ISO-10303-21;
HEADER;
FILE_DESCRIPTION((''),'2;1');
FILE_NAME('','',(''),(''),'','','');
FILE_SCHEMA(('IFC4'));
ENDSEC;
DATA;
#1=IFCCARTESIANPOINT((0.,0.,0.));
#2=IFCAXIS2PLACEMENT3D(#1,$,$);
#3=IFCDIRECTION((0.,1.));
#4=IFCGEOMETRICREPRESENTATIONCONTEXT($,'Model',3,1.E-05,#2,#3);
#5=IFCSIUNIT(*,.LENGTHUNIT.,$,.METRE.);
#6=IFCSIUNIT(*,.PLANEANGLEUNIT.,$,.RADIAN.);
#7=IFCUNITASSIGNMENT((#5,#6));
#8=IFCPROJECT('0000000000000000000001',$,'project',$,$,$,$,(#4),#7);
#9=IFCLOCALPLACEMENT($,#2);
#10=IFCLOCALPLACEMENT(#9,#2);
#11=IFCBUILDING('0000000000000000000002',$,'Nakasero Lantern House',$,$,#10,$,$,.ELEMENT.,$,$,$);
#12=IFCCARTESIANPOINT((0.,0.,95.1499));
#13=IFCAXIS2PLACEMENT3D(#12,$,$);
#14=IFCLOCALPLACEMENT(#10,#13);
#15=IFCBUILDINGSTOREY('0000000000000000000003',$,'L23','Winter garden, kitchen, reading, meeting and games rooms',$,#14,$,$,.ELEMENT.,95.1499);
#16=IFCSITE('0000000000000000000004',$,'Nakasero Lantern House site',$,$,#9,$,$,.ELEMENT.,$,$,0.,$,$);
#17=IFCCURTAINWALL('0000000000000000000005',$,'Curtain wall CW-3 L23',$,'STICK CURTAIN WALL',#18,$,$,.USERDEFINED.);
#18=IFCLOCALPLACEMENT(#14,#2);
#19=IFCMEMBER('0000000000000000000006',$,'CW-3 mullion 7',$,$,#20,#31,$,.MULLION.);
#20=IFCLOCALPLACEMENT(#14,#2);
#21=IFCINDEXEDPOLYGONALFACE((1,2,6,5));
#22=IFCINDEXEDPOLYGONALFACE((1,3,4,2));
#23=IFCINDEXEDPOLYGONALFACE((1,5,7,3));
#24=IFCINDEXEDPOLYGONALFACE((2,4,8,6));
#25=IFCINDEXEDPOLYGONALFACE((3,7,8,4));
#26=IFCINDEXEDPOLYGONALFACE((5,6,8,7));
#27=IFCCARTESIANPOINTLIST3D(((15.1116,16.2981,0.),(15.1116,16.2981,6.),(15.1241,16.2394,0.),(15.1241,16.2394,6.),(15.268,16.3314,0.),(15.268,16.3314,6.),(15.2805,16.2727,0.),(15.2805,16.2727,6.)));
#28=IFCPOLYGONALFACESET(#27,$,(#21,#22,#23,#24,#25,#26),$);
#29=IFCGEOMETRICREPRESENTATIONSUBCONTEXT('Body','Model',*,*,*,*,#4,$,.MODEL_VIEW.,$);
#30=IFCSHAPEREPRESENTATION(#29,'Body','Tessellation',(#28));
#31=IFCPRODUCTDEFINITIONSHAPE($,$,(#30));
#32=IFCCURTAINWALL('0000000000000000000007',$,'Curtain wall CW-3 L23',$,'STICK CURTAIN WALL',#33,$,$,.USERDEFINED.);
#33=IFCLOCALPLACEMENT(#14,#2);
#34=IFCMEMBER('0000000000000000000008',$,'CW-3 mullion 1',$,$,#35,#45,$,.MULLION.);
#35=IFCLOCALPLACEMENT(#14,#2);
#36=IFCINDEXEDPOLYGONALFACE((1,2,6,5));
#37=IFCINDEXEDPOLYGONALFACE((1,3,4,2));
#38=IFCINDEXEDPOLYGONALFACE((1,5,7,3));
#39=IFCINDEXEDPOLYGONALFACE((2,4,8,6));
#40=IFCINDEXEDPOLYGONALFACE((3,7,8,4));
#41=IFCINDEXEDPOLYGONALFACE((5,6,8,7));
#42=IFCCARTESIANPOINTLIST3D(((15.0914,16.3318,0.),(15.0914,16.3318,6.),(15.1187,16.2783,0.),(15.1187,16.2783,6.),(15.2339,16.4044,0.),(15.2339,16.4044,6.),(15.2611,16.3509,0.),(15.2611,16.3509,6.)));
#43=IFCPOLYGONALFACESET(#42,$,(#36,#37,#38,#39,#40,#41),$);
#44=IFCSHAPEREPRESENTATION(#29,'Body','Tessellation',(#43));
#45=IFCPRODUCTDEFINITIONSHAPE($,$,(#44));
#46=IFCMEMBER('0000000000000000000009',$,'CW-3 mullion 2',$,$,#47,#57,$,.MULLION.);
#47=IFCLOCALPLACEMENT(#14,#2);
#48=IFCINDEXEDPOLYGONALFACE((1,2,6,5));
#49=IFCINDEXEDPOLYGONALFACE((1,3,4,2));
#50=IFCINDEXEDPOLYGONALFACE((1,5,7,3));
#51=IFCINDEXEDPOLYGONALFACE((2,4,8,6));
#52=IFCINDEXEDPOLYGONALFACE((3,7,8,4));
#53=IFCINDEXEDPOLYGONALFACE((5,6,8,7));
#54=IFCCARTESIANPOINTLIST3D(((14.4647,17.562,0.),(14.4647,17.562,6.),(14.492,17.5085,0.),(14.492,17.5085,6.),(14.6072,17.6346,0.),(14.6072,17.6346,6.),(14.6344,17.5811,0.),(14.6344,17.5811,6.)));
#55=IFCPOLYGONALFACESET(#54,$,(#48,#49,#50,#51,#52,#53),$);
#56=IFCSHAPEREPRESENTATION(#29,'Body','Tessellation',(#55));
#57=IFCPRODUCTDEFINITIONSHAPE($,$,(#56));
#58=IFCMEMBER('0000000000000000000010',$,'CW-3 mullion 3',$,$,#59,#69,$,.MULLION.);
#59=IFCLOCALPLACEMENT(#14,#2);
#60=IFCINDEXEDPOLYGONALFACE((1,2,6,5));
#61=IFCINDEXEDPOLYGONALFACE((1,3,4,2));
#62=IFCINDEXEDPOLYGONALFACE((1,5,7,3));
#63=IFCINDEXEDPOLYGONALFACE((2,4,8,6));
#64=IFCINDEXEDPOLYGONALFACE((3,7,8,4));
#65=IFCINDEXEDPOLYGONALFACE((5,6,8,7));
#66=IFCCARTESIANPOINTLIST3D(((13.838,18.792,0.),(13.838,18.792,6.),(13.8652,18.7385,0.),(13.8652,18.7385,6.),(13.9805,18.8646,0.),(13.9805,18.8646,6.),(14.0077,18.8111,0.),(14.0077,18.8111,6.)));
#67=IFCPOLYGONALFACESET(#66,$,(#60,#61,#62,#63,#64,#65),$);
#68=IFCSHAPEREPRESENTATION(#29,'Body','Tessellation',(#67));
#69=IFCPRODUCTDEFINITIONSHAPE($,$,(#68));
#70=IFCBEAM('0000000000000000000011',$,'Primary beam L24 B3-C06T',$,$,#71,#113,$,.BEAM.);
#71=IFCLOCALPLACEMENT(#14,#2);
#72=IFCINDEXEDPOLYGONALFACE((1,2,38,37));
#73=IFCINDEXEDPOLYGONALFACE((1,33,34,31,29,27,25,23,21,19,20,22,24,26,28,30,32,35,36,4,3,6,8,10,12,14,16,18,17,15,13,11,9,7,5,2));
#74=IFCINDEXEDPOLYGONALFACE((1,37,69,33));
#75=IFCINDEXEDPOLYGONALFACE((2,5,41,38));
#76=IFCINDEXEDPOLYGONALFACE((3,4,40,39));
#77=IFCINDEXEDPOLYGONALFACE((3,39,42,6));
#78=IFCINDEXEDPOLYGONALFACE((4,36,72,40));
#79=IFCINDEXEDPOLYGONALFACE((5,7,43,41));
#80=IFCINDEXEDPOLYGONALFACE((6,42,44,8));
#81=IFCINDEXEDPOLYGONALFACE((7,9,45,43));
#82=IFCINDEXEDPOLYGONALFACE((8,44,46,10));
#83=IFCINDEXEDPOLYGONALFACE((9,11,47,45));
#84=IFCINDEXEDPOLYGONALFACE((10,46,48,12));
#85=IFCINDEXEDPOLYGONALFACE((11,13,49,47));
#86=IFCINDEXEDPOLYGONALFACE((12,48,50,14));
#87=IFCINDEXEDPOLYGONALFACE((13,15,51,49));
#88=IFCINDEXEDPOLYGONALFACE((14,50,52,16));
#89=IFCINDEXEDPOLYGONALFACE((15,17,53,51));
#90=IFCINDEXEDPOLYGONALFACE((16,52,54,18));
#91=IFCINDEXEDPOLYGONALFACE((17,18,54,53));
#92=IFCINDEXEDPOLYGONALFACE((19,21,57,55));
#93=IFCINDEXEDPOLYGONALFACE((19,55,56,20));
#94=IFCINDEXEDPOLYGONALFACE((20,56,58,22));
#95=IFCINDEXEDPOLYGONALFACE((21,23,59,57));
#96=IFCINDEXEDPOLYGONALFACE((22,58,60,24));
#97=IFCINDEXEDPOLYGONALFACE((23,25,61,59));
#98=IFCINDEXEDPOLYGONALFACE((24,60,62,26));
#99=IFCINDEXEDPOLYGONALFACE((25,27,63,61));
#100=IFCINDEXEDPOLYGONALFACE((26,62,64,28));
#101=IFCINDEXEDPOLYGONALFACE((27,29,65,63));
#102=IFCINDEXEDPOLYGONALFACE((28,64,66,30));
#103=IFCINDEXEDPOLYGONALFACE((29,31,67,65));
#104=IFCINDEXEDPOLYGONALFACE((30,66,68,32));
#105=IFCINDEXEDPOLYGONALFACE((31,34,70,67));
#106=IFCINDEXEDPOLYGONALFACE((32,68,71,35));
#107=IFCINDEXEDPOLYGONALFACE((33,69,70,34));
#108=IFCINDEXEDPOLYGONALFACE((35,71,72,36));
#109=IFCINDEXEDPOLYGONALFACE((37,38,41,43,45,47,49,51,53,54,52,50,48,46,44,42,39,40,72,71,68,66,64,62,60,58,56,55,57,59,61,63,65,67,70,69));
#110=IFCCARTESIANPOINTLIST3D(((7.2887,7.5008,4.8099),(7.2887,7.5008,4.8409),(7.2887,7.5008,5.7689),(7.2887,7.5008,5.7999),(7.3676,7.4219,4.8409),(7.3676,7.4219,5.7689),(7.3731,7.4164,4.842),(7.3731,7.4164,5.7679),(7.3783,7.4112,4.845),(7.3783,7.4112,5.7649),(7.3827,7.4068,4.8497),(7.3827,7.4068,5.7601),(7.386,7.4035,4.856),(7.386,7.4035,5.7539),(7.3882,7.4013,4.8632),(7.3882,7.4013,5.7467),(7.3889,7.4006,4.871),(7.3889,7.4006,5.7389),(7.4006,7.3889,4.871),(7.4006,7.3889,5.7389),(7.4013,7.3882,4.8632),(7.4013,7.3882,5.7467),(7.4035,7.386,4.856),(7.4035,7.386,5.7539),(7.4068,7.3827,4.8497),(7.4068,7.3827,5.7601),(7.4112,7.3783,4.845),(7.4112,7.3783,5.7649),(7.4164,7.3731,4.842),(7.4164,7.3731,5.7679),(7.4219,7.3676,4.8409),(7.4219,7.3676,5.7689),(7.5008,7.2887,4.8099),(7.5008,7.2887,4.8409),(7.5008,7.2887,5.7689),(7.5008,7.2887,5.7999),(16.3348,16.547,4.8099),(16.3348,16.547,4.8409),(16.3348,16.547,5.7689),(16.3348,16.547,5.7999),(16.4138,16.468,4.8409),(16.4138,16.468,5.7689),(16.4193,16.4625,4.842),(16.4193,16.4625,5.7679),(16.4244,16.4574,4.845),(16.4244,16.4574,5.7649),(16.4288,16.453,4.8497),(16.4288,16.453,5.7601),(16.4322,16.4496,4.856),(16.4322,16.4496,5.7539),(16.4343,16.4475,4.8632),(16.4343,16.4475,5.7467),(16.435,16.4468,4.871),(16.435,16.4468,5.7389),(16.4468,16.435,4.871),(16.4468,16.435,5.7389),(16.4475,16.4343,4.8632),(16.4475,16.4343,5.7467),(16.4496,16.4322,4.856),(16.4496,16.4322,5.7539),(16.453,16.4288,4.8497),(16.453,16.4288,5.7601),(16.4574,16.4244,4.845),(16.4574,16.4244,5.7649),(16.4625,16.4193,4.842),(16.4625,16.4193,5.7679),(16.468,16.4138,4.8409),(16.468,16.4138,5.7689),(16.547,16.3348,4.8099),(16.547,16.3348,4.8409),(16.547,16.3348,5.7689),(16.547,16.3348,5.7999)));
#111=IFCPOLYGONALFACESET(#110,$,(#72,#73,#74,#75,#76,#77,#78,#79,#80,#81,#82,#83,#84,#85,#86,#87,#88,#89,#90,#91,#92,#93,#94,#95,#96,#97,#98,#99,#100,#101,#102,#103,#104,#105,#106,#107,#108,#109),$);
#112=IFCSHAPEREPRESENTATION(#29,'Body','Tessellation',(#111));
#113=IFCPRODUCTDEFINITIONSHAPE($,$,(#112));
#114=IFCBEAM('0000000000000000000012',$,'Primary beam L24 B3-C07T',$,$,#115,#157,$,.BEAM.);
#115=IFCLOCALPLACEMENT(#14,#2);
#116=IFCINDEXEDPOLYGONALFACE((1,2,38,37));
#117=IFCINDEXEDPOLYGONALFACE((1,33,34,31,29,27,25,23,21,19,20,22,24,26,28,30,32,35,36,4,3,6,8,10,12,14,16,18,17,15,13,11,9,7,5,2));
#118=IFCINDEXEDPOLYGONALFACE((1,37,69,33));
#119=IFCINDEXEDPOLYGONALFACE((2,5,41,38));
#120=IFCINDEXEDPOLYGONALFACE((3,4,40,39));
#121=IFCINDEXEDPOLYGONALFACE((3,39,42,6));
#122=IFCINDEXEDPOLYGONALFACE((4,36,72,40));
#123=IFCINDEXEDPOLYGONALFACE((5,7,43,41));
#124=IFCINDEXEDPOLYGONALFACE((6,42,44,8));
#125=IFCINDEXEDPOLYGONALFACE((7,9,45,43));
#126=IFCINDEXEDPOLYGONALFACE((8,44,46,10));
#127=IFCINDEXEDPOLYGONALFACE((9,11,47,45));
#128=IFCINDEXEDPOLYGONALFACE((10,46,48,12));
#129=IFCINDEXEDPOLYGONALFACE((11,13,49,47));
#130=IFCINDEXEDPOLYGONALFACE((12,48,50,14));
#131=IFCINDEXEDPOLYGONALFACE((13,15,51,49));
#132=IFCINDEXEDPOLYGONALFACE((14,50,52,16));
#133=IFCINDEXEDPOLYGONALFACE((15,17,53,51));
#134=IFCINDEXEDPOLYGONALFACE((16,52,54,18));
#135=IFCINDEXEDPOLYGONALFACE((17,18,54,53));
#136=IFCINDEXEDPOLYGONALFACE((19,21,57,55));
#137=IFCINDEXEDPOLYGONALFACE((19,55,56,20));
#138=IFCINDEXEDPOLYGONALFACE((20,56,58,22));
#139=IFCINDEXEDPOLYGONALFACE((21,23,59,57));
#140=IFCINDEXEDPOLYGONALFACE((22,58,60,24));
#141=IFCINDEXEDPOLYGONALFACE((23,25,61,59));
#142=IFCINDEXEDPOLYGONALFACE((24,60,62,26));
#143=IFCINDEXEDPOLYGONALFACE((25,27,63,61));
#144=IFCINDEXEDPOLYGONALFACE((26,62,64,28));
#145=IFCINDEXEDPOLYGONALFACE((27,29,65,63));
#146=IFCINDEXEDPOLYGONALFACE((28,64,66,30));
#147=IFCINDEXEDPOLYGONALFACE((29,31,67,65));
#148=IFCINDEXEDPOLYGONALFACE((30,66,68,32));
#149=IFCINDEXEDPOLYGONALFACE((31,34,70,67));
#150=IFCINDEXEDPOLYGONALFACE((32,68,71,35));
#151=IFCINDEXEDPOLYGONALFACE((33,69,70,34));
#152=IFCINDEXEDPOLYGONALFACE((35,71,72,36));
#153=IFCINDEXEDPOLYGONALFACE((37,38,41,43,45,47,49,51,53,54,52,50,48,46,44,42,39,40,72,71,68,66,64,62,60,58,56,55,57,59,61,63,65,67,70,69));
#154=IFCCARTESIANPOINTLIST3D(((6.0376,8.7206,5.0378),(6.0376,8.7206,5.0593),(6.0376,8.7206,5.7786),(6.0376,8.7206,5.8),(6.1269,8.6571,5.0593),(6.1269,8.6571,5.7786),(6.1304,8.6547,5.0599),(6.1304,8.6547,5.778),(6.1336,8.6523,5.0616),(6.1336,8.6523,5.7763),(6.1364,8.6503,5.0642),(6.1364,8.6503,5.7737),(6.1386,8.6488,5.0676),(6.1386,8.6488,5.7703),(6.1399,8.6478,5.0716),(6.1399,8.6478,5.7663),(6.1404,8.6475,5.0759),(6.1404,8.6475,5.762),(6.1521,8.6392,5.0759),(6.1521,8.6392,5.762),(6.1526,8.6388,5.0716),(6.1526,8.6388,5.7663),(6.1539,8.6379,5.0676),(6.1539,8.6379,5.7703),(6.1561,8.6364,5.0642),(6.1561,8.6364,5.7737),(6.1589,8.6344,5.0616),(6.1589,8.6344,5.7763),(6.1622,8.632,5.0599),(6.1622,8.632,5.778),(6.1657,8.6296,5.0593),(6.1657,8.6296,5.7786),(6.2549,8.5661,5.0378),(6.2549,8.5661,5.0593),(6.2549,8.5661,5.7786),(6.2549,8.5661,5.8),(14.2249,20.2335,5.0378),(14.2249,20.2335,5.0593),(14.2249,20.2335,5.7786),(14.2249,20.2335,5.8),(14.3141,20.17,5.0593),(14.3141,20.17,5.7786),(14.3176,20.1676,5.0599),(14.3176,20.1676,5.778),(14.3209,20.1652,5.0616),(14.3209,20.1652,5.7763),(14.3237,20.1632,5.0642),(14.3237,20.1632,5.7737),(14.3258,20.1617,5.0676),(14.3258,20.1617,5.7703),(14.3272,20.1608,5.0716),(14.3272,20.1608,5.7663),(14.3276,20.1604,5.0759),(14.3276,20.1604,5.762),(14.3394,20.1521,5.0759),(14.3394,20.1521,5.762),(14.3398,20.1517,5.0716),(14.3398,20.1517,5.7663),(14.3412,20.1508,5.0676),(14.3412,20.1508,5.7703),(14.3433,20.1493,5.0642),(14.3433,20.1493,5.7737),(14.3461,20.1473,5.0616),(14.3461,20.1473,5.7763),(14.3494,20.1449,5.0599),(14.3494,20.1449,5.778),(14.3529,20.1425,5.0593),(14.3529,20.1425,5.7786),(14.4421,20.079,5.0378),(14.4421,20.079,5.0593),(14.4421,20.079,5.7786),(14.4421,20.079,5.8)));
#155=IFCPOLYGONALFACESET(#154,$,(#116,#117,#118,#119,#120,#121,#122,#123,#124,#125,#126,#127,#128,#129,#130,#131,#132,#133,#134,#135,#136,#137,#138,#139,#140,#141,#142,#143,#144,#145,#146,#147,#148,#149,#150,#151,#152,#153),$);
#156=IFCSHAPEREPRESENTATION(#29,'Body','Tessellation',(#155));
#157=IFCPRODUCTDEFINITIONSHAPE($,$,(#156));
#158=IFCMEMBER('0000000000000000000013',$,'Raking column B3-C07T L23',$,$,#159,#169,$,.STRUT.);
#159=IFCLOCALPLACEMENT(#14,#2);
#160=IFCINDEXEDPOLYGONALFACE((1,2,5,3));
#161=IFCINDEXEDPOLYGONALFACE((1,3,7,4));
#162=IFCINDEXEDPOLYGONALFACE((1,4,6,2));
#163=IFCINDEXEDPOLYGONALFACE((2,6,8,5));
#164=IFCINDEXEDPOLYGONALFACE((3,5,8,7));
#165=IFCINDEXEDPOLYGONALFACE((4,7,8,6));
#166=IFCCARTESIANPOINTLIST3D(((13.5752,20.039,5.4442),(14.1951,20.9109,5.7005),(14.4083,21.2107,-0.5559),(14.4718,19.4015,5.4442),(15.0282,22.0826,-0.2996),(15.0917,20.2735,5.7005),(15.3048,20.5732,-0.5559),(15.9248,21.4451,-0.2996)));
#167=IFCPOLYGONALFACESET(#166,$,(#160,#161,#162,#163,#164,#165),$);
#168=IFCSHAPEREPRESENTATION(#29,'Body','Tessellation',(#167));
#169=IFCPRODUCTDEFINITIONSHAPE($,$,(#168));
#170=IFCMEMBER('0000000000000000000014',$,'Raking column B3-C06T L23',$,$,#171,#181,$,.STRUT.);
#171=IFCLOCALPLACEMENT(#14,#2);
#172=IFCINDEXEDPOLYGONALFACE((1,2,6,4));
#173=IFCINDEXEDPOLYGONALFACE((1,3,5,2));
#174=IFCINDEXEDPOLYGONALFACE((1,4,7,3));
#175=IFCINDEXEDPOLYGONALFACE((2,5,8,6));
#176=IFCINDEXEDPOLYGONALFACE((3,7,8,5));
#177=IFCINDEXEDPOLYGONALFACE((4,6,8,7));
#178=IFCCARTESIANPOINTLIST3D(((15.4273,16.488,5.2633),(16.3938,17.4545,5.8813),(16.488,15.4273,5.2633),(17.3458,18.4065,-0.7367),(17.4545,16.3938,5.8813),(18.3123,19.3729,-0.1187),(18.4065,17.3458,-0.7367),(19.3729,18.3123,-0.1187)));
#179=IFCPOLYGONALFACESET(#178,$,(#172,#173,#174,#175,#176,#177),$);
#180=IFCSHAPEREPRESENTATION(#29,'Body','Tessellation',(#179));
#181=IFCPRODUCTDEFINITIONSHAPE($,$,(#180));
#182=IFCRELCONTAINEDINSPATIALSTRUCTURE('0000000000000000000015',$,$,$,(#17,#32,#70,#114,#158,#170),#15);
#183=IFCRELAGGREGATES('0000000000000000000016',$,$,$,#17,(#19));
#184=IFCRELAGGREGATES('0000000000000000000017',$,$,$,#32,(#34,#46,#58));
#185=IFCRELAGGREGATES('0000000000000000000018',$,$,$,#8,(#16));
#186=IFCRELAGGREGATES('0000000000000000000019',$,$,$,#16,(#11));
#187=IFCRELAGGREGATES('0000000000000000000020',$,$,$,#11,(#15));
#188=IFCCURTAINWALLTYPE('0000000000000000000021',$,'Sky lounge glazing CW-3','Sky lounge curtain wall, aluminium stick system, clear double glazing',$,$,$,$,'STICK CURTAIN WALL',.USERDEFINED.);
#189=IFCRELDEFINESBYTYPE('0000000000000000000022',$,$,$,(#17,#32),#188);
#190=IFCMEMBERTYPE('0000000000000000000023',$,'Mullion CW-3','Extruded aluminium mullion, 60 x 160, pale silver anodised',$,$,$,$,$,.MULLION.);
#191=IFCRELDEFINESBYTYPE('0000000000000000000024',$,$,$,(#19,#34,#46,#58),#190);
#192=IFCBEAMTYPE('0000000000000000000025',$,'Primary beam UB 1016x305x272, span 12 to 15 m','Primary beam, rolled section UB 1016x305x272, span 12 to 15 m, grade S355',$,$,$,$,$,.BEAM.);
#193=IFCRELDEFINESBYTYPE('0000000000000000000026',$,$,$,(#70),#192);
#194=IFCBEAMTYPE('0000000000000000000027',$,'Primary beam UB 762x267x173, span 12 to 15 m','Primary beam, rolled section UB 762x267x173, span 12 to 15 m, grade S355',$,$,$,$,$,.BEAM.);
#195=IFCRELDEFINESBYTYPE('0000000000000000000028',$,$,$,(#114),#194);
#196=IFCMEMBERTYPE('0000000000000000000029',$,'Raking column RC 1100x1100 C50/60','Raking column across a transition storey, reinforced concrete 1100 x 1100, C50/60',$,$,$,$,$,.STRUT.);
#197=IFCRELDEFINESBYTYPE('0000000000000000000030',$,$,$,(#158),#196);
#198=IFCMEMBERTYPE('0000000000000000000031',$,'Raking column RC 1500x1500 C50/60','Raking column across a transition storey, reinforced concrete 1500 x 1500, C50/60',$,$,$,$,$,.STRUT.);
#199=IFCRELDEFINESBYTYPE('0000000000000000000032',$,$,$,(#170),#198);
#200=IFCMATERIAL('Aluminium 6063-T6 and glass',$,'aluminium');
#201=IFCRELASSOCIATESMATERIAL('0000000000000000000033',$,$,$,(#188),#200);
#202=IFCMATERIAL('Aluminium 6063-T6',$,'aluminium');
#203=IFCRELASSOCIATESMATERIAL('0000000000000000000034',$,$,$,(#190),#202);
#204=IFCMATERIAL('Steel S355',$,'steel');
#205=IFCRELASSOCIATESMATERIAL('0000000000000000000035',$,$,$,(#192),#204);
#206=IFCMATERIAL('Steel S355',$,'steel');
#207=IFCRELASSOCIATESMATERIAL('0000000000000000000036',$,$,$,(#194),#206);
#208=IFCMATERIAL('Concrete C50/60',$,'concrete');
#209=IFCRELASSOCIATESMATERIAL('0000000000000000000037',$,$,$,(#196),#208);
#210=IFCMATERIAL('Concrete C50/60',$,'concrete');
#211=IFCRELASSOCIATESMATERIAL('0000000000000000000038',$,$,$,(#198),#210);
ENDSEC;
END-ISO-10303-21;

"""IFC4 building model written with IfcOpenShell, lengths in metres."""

from ifc_helpers import new_model, si_unit, direction, frame, origin, origin_2d, place, context, subcontext, project, spatial, rectangle, i_section, extrude, material, material_profile, profile_set, type_object, element, aggregate, save


model = new_model("IFC4")

# Units and contexts
model_context = context("Model", 3, precision=1e-05, world=origin(), true_north=direction((0.0, 1.0)))
body_context = subcontext(model_context, "Body", "Model", "MODEL_VIEW")
ifc_project = project(units=[si_unit("LENGTHUNIT", "METRE"), si_unit("PLANEANGLEUNIT", "RADIAN")], contexts=[model_context])

# Site, building, storey
site_placement = place(None, origin())
site = spatial("IfcSite", under=ifc_project, at=site_placement, Name="Nakasero Lantern House site", CompositionType="ELEMENT", RefElevation=0.0)
building_placement = place(site_placement, origin())
building = spatial("IfcBuilding", under=site, at=building_placement, Name="Nakasero Lantern House", CompositionType="ELEMENT")
storey_placement = place(building_placement, frame((0.0, 0.0, 95.1499)))
storey = spatial("IfcBuildingStorey", under=building, at=storey_placement, Name="L23", Description="Winter garden, kitchen, reading, meeting and games rooms", CompositionType="ELEMENT", Elevation=95.1499)

# Curtain wall, member
ifc_material_1 = material(Name="Aluminium 6063-T6 and glass", Category="aluminium")
curtain_wall_type = type_object("IfcCurtainWallType", Name="Sky lounge glazing CW-3", Description="Sky lounge curtain wall, aluminium stick system, clear double glazing", ElementType="STICK CURTAIN WALL", PredefinedType="USERDEFINED", material=ifc_material_1)
curtain_wall_1_placement = place(storey_placement, origin())
curtain_wall_1 = element("IfcCurtainWall", 1, at=curtain_wall_1_placement, inside=storey, type_object=curtain_wall_type, Name="Curtain wall CW-3 L23", ObjectType="STICK CURTAIN WALL", PredefinedType="USERDEFINED")
ifc_material_2 = material(Name="Aluminium 6063-T6", Category="aluminium")
ifc_material_profile_1 = material_profile(ifc_material_2, rectangle(XDim=0.0601, YDim=0.1599, at=origin_2d()), Name="CW-3 mullion 60x160")
ifc_profile_set_1 = profile_set([ifc_material_profile_1], Name="Aluminium 6063-T6")
member_type_1 = type_object("IfcMemberType", Name="Mullion CW-3", Description="Extruded aluminium mullion, 60 x 160, pale silver anodised", PredefinedType="MULLION", material=ifc_profile_set_1)
member_1_placement = place(storey_placement, frame((15.196, 16.2854, 0.0), z_axis=(0.0, 0.0, 1.0), x_axis=(-0.207912, 0.978148, 0.0)))
member_1 = element("IfcMember", 2, at=member_1_placement, type_object=member_type_1, Name="CW-3 mullion 7", PredefinedType="MULLION", context=body_context, shape_type="SweptSolid", body=[
    extrude(rectangle(XDim=0.0601, YDim=0.1599, at=origin_2d()), origin(), (0.0, 0.0, 1.0), 6.0),
])
aggregate(curtain_wall_1, [member_1])

# Curtain wall, members
curtain_wall_2_placement = place(storey_placement, origin())
curtain_wall_2 = element("IfcCurtainWall", 3, at=curtain_wall_2_placement, inside=storey, type_object=curtain_wall_type, Name="Curtain wall CW-3 L23", ObjectType="STICK CURTAIN WALL", PredefinedType="USERDEFINED")
member_2_placement = place(storey_placement, frame((15.1763, 16.3413, 0.0), z_axis=(0.0, 0.0, 1.0), x_axis=(-0.45399, 0.891007, 0.0)))
member_2 = element("IfcMember", 4, at=member_2_placement, type_object=member_type_1, Name="CW-3 mullion 1", PredefinedType="MULLION", context=body_context, shape_type="SweptSolid", body=[
    extrude(rectangle(XDim=0.0601, YDim=0.1599, at=origin_2d()), origin(), (0.0, 0.0, 1.0), 6.0),
])
member_3_placement = place(storey_placement, frame((14.5496, 17.5715, 0.0), z_axis=(0.0, 0.0, 1.0), x_axis=(-0.45399, 0.891007, 0.0)))
member_3 = element("IfcMember", 5, at=member_3_placement, type_object=member_type_1, Name="CW-3 mullion 2", PredefinedType="MULLION", context=body_context, shape_type="SweptSolid", body=[
    extrude(rectangle(XDim=0.0601, YDim=0.1599, at=origin_2d()), origin(), (0.0, 0.0, 1.0), 6.0),
])
member_4_placement = place(storey_placement, frame((13.9229, 18.8015, 0.0), z_axis=(0.0, 0.0, 1.0), x_axis=(-0.45399, 0.891007, 0.0)))
member_4 = element("IfcMember", 6, at=member_4_placement, type_object=member_type_1, Name="CW-3 mullion 3", PredefinedType="MULLION", context=body_context, shape_type="SweptSolid", body=[
    extrude(rectangle(XDim=0.0601, YDim=0.1599, at=origin_2d()), origin(), (0.0, 0.0, 1.0), 6.0),
])

# Beams
ifc_material_3 = material(Name="Steel S355", Category="steel")
ifc_material_profile_2 = material_profile(ifc_material_3, i_section(OverallWidth=0.3, OverallDepth=0.99, WebThickness=0.0166, FlangeThickness=0.031, FilletRadius=0.03, at=origin_2d()), Name="UB 1016x305x272")
ifc_profile_set_2 = profile_set([ifc_material_profile_2], Name="Steel S355")
beam_type_1 = type_object("IfcBeamType", Name="Primary beam UB 1016x305x272, span 12 to 15 m", Description="Primary beam, rolled section UB 1016x305x272, span 12 to 15 m, grade S355", PredefinedType="BEAM", material=ifc_profile_set_2)
beam_1_placement = place(storey_placement, frame((16.4409, 16.4409, 5.3049), z_axis=(-0.707107, -0.707107, 0.0), x_axis=(0.707107, -0.707107, 0.0)))
element("IfcBeam", 7, at=beam_1_placement, inside=storey, type_object=beam_type_1, Name="Primary beam L24 B3-C06T", PredefinedType="BEAM", context=body_context, shape_type="SweptSolid", body=[
    extrude(i_section(OverallWidth=0.3, OverallDepth=0.99, WebThickness=0.0166, FlangeThickness=0.031, FilletRadius=0.03, at=origin_2d()), origin(), (0.0, 0.0, 1.0), 12.7932),
])
ifc_material_4 = material(Name="Steel S355", Category="steel")
ifc_material_profile_3 = material_profile(ifc_material_4, i_section(OverallWidth=0.2666, OverallDepth=0.7622, WebThickness=0.0144, FlangeThickness=0.0215, FilletRadius=0.0166, at=origin_2d()), Name="UB 762x267x173")
ifc_profile_set_3 = profile_set([ifc_material_profile_3], Name="Steel S355")
beam_type_2 = type_object("IfcBeamType", Name="Primary beam UB 762x267x173, span 12 to 15 m", Description="Primary beam, rolled section UB 762x267x173, span 12 to 15 m, grade S355", PredefinedType="BEAM", material=ifc_profile_set_3)
beam_2_placement = place(storey_placement, frame((14.3335, 20.1562, 5.4189), z_axis=(-0.579537, -0.814946, 0.0), x_axis=(0.814946, -0.579537, 0.0)))
element("IfcBeam", 8, at=beam_2_placement, inside=storey, type_object=beam_type_2, Name="Primary beam L24 B3-C07T", PredefinedType="BEAM", context=body_context, shape_type="SweptSolid", body=[
    extrude(i_section(OverallWidth=0.2666, OverallDepth=0.7622, WebThickness=0.0144, FlangeThickness=0.0215, FilletRadius=0.0166, at=origin_2d()), origin(), (0.0, 0.0, 1.0), 14.1272),
])

# Members
ifc_material_5 = material(Name="Concrete C50/60", Category="concrete")
ifc_material_profile_4 = material_profile(ifc_material_5, rectangle(XDim=1.1001, YDim=1.1001, at=origin_2d()), Name="RC 1100x1100")
ifc_profile_set_4 = profile_set([ifc_material_profile_4], Name="Concrete C50/60")
member_type_2 = type_object("IfcMemberType", Name="Raking column RC 1100x1100 C50/60", Description="Raking column across a transition storey, reinforced concrete 1100 x 1100, C50/60", PredefinedType="STRUT", material=ifc_profile_set_4)
member_5_placement = place(storey_placement, frame((15.1665, 21.3279, -0.4277), z_axis=(-0.135013, -0.189897, 0.972476), x_axis=(0.815005, -0.579454, 0.0)))
element("IfcMember", 9, at=member_5_placement, inside=storey, type_object=member_type_2, Name="Raking column B3-C07T L23", PredefinedType="STRUT", context=body_context, shape_type="SweptSolid", body=[
    extrude(rectangle(XDim=1.1001, YDim=1.1001, at=origin_2d()), origin(), (0.0, 0.0, 1.0), 6.1699),
])
ifc_material_6 = material(Name="Concrete C50/60", Category="concrete")
ifc_material_profile_5 = material_profile(ifc_material_6, rectangle(XDim=1.5, YDim=1.5, at=origin_2d()), Name="RC 1500x1500")
ifc_profile_set_5 = profile_set([ifc_material_profile_5], Name="Concrete C50/60")
member_type_3 = type_object("IfcMemberType", Name="Raking column RC 1500x1500 C50/60", Description="Raking column across a transition storey, reinforced concrete 1500 x 1500, C50/60", PredefinedType="STRUT", material=ifc_profile_set_5)
member_6_placement = place(storey_placement, frame((18.3594, 18.3594, -0.4277), z_axis=(-0.291342, -0.291342, 0.911175), x_axis=(0.707107, -0.707107, 0.0)))
element("IfcMember", 10, at=member_6_placement, inside=storey, type_object=member_type_3, Name="Raking column B3-C06T L23", PredefinedType="STRUT", context=body_context, shape_type="SweptSolid", body=[
    extrude(rectangle(XDim=1.5, YDim=1.5, at=origin_2d()), origin(), (0.0, 0.0, 1.0), 6.585),
])

aggregate(curtain_wall_2, [member_2, member_3, member_4])

save(model, "model.ifc")
